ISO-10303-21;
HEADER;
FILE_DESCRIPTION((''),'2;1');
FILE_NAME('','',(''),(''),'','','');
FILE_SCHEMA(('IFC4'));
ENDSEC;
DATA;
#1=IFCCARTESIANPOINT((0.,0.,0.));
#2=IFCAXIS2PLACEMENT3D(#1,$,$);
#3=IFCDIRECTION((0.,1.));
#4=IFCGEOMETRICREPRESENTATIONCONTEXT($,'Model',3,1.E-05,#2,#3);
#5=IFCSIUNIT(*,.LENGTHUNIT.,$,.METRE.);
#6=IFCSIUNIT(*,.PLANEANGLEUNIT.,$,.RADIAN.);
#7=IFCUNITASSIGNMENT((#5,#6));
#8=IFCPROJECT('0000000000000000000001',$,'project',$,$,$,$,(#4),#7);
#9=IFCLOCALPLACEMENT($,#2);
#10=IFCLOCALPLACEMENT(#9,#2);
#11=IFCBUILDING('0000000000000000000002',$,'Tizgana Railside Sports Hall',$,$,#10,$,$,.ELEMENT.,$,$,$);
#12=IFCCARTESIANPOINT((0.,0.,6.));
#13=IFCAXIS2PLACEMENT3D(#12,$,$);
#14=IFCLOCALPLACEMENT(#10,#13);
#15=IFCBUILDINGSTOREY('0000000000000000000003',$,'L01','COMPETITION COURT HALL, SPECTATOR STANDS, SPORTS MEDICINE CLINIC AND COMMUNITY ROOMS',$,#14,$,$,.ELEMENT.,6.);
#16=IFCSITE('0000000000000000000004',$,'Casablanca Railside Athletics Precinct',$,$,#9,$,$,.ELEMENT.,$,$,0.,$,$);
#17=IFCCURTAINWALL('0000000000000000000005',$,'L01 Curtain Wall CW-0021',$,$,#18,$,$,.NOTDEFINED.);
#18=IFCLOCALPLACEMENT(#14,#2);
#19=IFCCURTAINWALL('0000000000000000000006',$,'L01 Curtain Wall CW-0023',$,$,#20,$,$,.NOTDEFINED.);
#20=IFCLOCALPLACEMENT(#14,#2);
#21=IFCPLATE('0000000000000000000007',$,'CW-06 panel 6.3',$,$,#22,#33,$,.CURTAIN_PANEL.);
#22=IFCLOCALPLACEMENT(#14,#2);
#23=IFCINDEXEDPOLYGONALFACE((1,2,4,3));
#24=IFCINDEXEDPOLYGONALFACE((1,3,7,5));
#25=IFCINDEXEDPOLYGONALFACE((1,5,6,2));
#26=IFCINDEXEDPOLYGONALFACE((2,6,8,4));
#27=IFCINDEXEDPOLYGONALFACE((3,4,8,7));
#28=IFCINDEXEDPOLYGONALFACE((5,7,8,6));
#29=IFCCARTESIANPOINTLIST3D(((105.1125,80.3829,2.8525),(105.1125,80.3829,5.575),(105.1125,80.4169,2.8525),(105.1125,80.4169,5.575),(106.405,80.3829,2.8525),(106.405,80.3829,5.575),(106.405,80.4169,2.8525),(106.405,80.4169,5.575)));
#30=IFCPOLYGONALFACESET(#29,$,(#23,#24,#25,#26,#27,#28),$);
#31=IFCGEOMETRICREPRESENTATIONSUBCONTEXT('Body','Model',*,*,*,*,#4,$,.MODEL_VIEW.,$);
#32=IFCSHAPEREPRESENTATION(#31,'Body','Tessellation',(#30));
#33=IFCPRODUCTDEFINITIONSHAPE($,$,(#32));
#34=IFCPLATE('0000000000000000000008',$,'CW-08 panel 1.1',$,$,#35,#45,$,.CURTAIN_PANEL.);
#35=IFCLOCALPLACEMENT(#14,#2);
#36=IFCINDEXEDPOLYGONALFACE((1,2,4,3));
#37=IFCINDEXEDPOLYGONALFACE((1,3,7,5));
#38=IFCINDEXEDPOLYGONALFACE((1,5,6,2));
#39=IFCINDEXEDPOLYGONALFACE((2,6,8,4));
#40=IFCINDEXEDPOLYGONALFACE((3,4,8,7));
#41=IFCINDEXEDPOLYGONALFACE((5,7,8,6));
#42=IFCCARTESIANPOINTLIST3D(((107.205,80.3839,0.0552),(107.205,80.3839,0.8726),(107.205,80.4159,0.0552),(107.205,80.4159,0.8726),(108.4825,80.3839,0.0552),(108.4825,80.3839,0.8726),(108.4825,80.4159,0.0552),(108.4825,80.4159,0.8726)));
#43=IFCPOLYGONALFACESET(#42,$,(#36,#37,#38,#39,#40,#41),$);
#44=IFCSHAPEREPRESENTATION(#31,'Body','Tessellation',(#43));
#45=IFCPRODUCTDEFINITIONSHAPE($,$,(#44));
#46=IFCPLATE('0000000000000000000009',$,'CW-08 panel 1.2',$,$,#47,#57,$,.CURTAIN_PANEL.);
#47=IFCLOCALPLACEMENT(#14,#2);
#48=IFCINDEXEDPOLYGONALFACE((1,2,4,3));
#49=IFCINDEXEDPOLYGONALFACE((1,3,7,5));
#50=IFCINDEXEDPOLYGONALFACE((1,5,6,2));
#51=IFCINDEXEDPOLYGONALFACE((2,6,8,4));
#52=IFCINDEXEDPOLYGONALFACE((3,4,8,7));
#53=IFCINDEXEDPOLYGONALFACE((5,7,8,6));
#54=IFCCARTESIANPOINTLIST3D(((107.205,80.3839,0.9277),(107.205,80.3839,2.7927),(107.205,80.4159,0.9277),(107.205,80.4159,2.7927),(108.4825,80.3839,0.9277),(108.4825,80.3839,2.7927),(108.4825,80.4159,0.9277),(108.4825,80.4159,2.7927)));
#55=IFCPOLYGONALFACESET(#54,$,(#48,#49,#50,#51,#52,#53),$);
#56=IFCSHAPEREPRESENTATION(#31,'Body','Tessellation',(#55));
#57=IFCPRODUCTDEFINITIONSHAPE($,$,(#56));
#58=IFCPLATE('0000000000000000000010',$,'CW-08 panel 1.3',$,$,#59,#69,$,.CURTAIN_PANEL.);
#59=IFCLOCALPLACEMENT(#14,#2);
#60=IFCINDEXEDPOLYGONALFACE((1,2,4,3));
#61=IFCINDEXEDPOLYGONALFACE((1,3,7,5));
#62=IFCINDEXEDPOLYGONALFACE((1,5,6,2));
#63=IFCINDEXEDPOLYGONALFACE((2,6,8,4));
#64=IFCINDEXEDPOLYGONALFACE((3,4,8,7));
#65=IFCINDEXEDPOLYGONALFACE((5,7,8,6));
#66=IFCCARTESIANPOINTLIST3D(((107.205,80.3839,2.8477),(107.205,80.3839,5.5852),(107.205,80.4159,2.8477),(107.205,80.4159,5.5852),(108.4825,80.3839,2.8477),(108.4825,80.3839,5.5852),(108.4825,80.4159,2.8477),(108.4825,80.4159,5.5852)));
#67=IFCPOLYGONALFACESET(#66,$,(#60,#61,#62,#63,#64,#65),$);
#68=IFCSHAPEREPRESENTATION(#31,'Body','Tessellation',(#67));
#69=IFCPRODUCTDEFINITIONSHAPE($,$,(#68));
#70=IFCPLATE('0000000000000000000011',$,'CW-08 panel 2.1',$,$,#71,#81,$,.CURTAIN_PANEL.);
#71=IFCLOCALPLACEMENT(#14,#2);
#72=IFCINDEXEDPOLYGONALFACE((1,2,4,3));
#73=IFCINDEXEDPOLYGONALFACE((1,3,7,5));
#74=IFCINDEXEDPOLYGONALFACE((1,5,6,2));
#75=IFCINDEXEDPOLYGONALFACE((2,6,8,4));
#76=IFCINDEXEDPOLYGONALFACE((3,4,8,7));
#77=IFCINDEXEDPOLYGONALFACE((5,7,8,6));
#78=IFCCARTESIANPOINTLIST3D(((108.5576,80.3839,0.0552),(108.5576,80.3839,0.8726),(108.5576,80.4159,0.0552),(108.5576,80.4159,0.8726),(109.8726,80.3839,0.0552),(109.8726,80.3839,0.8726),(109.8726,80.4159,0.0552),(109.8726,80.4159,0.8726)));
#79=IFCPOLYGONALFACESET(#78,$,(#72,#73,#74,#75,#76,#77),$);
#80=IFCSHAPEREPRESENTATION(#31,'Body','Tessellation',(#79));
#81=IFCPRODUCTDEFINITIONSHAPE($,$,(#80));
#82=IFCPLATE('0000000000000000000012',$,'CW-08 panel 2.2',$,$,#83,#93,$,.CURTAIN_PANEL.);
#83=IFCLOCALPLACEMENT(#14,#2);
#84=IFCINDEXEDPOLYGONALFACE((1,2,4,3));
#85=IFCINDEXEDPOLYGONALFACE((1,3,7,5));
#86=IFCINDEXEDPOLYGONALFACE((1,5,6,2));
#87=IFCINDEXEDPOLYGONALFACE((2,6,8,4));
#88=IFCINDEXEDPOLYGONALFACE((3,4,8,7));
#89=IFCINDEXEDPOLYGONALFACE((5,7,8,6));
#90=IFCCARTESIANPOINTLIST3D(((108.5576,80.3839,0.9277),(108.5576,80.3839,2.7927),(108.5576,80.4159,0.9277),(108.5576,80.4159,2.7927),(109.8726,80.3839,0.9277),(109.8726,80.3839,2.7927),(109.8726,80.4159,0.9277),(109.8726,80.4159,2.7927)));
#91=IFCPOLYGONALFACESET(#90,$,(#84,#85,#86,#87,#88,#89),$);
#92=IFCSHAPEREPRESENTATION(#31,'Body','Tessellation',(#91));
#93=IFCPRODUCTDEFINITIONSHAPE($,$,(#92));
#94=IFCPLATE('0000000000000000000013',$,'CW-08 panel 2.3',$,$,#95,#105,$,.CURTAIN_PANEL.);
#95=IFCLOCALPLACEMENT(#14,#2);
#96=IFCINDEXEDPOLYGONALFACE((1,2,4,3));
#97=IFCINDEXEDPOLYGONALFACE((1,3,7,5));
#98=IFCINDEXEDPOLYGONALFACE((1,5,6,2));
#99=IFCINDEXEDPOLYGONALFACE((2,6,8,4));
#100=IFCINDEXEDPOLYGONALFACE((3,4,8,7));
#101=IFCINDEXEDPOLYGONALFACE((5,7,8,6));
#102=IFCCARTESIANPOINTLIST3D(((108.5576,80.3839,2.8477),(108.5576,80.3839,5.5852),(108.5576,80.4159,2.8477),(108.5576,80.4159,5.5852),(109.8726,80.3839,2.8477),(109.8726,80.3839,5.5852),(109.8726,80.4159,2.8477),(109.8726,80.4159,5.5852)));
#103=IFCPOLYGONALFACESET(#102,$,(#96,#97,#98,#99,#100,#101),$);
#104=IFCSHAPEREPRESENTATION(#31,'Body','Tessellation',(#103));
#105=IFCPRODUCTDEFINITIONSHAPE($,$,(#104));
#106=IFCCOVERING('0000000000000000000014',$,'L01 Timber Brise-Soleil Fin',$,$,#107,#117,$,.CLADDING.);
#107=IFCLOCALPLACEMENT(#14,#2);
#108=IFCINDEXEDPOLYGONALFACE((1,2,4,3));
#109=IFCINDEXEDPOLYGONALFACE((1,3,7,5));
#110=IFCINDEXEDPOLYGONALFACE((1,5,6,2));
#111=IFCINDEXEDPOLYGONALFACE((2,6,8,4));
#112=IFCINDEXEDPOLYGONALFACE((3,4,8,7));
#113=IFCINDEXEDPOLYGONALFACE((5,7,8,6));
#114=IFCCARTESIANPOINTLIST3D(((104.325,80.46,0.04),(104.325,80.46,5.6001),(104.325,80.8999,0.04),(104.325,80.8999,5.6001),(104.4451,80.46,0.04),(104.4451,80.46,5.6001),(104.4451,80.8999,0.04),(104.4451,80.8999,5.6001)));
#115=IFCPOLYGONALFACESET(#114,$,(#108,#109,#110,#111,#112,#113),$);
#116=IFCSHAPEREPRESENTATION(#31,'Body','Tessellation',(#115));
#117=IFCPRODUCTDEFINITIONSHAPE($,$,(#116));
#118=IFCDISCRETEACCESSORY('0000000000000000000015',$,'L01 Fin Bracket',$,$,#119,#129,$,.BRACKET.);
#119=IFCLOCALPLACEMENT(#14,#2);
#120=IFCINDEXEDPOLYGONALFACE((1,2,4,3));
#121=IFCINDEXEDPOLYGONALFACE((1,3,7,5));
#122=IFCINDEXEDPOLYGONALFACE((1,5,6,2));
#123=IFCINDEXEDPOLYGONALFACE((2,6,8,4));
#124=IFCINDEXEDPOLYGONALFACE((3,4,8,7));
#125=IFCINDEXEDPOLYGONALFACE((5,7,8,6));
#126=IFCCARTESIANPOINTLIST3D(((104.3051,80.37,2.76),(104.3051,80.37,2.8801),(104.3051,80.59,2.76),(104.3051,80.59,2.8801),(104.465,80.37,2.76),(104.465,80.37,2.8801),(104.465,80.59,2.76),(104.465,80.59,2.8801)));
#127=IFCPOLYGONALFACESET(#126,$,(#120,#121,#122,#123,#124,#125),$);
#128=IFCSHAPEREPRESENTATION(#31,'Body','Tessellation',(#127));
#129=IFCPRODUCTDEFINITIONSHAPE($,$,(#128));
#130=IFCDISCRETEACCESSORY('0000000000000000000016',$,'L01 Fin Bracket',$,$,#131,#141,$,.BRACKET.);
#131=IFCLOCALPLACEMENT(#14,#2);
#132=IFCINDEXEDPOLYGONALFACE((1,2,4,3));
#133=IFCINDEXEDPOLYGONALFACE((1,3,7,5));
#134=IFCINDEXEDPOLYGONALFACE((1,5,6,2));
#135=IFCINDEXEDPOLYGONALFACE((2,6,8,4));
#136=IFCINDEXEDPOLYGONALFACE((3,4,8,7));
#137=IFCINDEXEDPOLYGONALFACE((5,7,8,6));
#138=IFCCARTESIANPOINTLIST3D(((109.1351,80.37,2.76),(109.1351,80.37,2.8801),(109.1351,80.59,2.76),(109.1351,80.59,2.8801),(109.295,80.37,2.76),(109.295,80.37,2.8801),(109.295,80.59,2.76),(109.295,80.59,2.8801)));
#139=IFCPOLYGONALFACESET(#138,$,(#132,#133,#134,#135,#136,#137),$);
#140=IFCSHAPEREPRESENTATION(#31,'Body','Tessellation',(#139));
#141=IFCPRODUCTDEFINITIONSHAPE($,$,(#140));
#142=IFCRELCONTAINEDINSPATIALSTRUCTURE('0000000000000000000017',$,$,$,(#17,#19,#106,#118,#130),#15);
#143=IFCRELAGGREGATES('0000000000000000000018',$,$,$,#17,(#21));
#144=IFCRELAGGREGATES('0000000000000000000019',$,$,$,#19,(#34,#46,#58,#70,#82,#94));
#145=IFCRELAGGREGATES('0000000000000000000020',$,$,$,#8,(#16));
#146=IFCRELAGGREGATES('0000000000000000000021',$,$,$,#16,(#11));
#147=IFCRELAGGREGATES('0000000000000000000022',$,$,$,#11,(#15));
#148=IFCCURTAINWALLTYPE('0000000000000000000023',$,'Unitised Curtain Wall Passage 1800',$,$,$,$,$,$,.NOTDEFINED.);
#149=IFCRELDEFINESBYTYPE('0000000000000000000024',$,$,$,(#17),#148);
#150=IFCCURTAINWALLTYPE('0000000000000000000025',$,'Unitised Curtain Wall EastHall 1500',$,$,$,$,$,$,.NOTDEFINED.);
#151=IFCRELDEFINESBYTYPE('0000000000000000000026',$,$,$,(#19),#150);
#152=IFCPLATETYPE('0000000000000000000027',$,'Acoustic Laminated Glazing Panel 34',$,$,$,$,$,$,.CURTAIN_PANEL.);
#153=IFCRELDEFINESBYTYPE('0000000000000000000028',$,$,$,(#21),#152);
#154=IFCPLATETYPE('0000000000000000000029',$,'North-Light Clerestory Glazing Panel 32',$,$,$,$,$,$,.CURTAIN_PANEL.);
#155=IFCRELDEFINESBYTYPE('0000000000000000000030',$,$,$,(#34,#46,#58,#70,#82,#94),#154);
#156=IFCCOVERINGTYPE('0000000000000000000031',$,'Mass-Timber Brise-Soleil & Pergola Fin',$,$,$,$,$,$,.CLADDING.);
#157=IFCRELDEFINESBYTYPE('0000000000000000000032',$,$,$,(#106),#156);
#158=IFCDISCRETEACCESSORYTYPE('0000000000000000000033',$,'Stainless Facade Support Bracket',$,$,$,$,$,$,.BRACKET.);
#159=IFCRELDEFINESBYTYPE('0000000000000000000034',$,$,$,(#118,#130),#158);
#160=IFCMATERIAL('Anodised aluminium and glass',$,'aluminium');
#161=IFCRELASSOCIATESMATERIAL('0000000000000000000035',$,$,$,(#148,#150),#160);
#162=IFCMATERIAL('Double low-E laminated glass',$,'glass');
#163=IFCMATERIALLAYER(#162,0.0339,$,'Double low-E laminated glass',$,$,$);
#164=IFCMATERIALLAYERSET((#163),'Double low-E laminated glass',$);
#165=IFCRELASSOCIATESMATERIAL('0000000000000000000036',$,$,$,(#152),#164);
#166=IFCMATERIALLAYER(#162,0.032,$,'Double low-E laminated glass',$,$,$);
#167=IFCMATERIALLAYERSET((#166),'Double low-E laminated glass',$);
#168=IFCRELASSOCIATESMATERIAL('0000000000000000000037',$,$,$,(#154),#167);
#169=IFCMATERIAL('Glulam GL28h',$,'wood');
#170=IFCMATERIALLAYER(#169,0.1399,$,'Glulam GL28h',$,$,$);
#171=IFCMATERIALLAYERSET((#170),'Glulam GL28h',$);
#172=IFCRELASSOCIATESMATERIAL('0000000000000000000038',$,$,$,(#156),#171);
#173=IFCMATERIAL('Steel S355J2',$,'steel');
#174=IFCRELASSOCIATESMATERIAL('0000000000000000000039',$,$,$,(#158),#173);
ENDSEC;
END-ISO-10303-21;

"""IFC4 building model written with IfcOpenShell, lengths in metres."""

from ifc_helpers import new_model, si_unit, direction, frame, origin, origin_2d, place, context, subcontext, project, spatial, rectangle, extrude, material, layer, layer_set, type_object, element, aggregate, save


model = new_model("IFC4")

# Units and contexts
model_context = context("Model", 3, precision=1e-05, world=origin(), true_north=direction((0.0, 1.0)))
body_context = subcontext(model_context, "Body", "Model", "MODEL_VIEW")
ifc_project = project(units=[si_unit("LENGTHUNIT", "METRE"), si_unit("PLANEANGLEUNIT", "RADIAN")], contexts=[model_context])

# Site, building, storey
site_placement = place(None, origin())
site = spatial("IfcSite", under=ifc_project, at=site_placement, Name="Casablanca Railside Athletics Precinct", CompositionType="ELEMENT", RefElevation=0.0)
building_placement = place(site_placement, origin())
building = spatial("IfcBuilding", under=site, at=building_placement, Name="Tizgana Railside Sports Hall", CompositionType="ELEMENT")
storey_placement = place(building_placement, frame((0.0, 0.0, 6.0)))
storey = spatial("IfcBuildingStorey", under=building, at=storey_placement, Name="L01", Description="COMPETITION COURT HALL, SPECTATOR STANDS, SPORTS MEDICINE CLINIC AND COMMUNITY ROOMS", CompositionType="ELEMENT", Elevation=6.0)

# Curtain walls
ifc_material_1 = material(Name="Anodised aluminium and glass", Category="aluminium")
curtain_wall_type_1 = type_object("IfcCurtainWallType", Name="Unitised Curtain Wall Passage 1800", PredefinedType="NOTDEFINED", material=ifc_material_1)
curtain_wall_1_placement = place(storey_placement, origin())
curtain_wall_1 = element("IfcCurtainWall", 1, at=curtain_wall_1_placement, inside=storey, type_object=curtain_wall_type_1, Name="L01 Curtain Wall CW-0021", PredefinedType="NOTDEFINED")
curtain_wall_type_2 = type_object("IfcCurtainWallType", Name="Unitised Curtain Wall EastHall 1500", PredefinedType="NOTDEFINED", material=ifc_material_1)
curtain_wall_2_placement = place(storey_placement, origin())
curtain_wall_2 = element("IfcCurtainWall", 2, at=curtain_wall_2_placement, inside=storey, type_object=curtain_wall_type_2, Name="L01 Curtain Wall CW-0023", PredefinedType="NOTDEFINED")

# Shared definitions
ifc_material_2 = material(Name="Steel S355J2", Category="steel")

# Plates
ifc_material_3 = material(Name="Double low-E laminated glass", Category="glass")
ifc_layer_1 = layer(ifc_material_3, 0.0339, Name="Double low-E laminated glass")
ifc_layer_set_1 = layer_set([ifc_layer_1], Name="Double low-E laminated glass")
plate_type_1 = type_object("IfcPlateType", Name="Acoustic Laminated Glazing Panel 34", PredefinedType="CURTAIN_PANEL", material=ifc_layer_set_1)
plate_1_placement = place(storey_placement, frame((105.7588, 80.3999, 2.8525), z_axis=(0.0, 0.0, 1.0), x_axis=(1.0, 0.0, 0.0)))
plate_1 = element("IfcPlate", 3, at=plate_1_placement, type_object=plate_type_1, Name="CW-06 panel 6.3", PredefinedType="CURTAIN_PANEL", context=body_context, shape_type="SweptSolid", body=[
    extrude(rectangle(XDim=1.2925, YDim=0.0339, at=origin_2d()), origin(), (0.0, 0.0, 1.0), 2.7224),
])
aggregate(curtain_wall_1, [plate_1])
ifc_layer_2 = layer(ifc_material_3, 0.032, Name="Double low-E laminated glass")
ifc_layer_set_2 = layer_set([ifc_layer_2], Name="Double low-E laminated glass")
plate_type_2 = type_object("IfcPlateType", Name="North-Light Clerestory Glazing Panel 32", PredefinedType="CURTAIN_PANEL", material=ifc_layer_set_2)
plate_2_placement = place(storey_placement, frame((107.8438, 80.3999, 0.0552), z_axis=(0.0, 0.0, 1.0), x_axis=(1.0, 0.0, 0.0)))
plate_2 = element("IfcPlate", 4, at=plate_2_placement, type_object=plate_type_2, Name="CW-08 panel 1.1", PredefinedType="CURTAIN_PANEL", context=body_context, shape_type="SweptSolid", body=[
    extrude(rectangle(XDim=1.2776, YDim=0.032, at=origin_2d()), origin(), (0.0, 0.0, 1.0), 0.8174),
])
plate_3_placement = place(storey_placement, frame((107.8438, 80.3999, 0.9277), z_axis=(0.0, 0.0, 1.0), x_axis=(1.0, 0.0, 0.0)))
plate_3 = element("IfcPlate", 5, at=plate_3_placement, type_object=plate_type_2, Name="CW-08 panel 1.2", PredefinedType="CURTAIN_PANEL", context=body_context, shape_type="SweptSolid", body=[
    extrude(rectangle(XDim=1.2776, YDim=0.032, at=origin_2d()), origin(), (0.0, 0.0, 1.0), 1.865),
])
plate_4_placement = place(storey_placement, frame((107.8438, 80.3999, 2.8477), z_axis=(0.0, 0.0, 1.0), x_axis=(1.0, 0.0, 0.0)))
plate_4 = element("IfcPlate", 6, at=plate_4_placement, type_object=plate_type_2, Name="CW-08 panel 1.3", PredefinedType="CURTAIN_PANEL", context=body_context, shape_type="SweptSolid", body=[
    extrude(rectangle(XDim=1.2776, YDim=0.032, at=origin_2d()), origin(), (0.0, 0.0, 1.0), 2.7375),
])
plate_5_placement = place(storey_placement, frame((109.2151, 80.3999, 0.0552), z_axis=(0.0, 0.0, 1.0), x_axis=(1.0, 0.0, 0.0)))
plate_5 = element("IfcPlate", 7, at=plate_5_placement, type_object=plate_type_2, Name="CW-08 panel 2.1", PredefinedType="CURTAIN_PANEL", context=body_context, shape_type="SweptSolid", body=[
    extrude(rectangle(XDim=1.3149, YDim=0.032, at=origin_2d()), origin(), (0.0, 0.0, 1.0), 0.8174),
])
plate_6_placement = place(storey_placement, frame((109.2151, 80.3999, 0.9277), z_axis=(0.0, 0.0, 1.0), x_axis=(1.0, 0.0, 0.0)))
plate_6 = element("IfcPlate", 8, at=plate_6_placement, type_object=plate_type_2, Name="CW-08 panel 2.2", PredefinedType="CURTAIN_PANEL", context=body_context, shape_type="SweptSolid", body=[
    extrude(rectangle(XDim=1.3149, YDim=0.032, at=origin_2d()), origin(), (0.0, 0.0, 1.0), 1.865),
])
plate_7_placement = place(storey_placement, frame((109.2151, 80.3999, 2.8477), z_axis=(0.0, 0.0, 1.0), x_axis=(1.0, 0.0, 0.0)))
plate_7 = element("IfcPlate", 9, at=plate_7_placement, type_object=plate_type_2, Name="CW-08 panel 2.3", PredefinedType="CURTAIN_PANEL", context=body_context, shape_type="SweptSolid", body=[
    extrude(rectangle(XDim=1.3149, YDim=0.032, at=origin_2d()), origin(), (0.0, 0.0, 1.0), 2.7375),
])
aggregate(curtain_wall_2, [plate_2, plate_3, plate_4, plate_5, plate_6, plate_7])

# Covering
ifc_material_4 = material(Name="Glulam GL28h", Category="wood")
ifc_layer_3 = layer(ifc_material_4, 0.1399, Name="Glulam GL28h")
ifc_layer_set_3 = layer_set([ifc_layer_3], Name="Glulam GL28h")
covering_type = type_object("IfcCoveringType", Name="Mass-Timber Brise-Soleil & Pergola Fin", PredefinedType="CLADDING", material=ifc_layer_set_3)
covering_placement = place(storey_placement, frame((104.385, 80.6799, 0.04), z_axis=(0.0, 0.0, 1.0), x_axis=(1.0, 0.0, 0.0)))
element("IfcCovering", 10, at=covering_placement, inside=storey, type_object=covering_type, Name="L01 Timber Brise-Soleil Fin", PredefinedType="CLADDING", context=body_context, shape_type="SweptSolid", body=[
    extrude(rectangle(XDim=0.1201, YDim=0.4399, at=origin_2d()), origin(), (0.0, 0.0, 1.0), 5.5601),
])

# Discrete accessories
discrete_accessory_type = type_object("IfcDiscreteAccessoryType", Name="Stainless Facade Support Bracket", PredefinedType="BRACKET", material=ifc_material_2)
for number, where, z_axis, x_axis, name in (
    (11, (104.385, 80.48, 2.76), (0.0, 0.0, 1.0), (1.0, 0.0, 0.0), "L01 Fin Bracket"),
    (12, (109.2151, 80.48, 2.76), (0.0, 0.0, 1.0), (1.0, 0.0, 0.0), "L01 Fin Bracket"),
):
    element("IfcDiscreteAccessory", number, at=place(storey_placement, frame(where, z_axis=z_axis, x_axis=x_axis)), inside=storey, type_object=discrete_accessory_type, Name=name, PredefinedType="BRACKET", context=body_context, shape_type="SweptSolid", body=[
        extrude(rectangle(XDim=0.1599, YDim=0.22, at=origin_2d()), origin(), (0.0, 0.0, 1.0), 0.1201),
    ])

save(model, "model.ifc")
